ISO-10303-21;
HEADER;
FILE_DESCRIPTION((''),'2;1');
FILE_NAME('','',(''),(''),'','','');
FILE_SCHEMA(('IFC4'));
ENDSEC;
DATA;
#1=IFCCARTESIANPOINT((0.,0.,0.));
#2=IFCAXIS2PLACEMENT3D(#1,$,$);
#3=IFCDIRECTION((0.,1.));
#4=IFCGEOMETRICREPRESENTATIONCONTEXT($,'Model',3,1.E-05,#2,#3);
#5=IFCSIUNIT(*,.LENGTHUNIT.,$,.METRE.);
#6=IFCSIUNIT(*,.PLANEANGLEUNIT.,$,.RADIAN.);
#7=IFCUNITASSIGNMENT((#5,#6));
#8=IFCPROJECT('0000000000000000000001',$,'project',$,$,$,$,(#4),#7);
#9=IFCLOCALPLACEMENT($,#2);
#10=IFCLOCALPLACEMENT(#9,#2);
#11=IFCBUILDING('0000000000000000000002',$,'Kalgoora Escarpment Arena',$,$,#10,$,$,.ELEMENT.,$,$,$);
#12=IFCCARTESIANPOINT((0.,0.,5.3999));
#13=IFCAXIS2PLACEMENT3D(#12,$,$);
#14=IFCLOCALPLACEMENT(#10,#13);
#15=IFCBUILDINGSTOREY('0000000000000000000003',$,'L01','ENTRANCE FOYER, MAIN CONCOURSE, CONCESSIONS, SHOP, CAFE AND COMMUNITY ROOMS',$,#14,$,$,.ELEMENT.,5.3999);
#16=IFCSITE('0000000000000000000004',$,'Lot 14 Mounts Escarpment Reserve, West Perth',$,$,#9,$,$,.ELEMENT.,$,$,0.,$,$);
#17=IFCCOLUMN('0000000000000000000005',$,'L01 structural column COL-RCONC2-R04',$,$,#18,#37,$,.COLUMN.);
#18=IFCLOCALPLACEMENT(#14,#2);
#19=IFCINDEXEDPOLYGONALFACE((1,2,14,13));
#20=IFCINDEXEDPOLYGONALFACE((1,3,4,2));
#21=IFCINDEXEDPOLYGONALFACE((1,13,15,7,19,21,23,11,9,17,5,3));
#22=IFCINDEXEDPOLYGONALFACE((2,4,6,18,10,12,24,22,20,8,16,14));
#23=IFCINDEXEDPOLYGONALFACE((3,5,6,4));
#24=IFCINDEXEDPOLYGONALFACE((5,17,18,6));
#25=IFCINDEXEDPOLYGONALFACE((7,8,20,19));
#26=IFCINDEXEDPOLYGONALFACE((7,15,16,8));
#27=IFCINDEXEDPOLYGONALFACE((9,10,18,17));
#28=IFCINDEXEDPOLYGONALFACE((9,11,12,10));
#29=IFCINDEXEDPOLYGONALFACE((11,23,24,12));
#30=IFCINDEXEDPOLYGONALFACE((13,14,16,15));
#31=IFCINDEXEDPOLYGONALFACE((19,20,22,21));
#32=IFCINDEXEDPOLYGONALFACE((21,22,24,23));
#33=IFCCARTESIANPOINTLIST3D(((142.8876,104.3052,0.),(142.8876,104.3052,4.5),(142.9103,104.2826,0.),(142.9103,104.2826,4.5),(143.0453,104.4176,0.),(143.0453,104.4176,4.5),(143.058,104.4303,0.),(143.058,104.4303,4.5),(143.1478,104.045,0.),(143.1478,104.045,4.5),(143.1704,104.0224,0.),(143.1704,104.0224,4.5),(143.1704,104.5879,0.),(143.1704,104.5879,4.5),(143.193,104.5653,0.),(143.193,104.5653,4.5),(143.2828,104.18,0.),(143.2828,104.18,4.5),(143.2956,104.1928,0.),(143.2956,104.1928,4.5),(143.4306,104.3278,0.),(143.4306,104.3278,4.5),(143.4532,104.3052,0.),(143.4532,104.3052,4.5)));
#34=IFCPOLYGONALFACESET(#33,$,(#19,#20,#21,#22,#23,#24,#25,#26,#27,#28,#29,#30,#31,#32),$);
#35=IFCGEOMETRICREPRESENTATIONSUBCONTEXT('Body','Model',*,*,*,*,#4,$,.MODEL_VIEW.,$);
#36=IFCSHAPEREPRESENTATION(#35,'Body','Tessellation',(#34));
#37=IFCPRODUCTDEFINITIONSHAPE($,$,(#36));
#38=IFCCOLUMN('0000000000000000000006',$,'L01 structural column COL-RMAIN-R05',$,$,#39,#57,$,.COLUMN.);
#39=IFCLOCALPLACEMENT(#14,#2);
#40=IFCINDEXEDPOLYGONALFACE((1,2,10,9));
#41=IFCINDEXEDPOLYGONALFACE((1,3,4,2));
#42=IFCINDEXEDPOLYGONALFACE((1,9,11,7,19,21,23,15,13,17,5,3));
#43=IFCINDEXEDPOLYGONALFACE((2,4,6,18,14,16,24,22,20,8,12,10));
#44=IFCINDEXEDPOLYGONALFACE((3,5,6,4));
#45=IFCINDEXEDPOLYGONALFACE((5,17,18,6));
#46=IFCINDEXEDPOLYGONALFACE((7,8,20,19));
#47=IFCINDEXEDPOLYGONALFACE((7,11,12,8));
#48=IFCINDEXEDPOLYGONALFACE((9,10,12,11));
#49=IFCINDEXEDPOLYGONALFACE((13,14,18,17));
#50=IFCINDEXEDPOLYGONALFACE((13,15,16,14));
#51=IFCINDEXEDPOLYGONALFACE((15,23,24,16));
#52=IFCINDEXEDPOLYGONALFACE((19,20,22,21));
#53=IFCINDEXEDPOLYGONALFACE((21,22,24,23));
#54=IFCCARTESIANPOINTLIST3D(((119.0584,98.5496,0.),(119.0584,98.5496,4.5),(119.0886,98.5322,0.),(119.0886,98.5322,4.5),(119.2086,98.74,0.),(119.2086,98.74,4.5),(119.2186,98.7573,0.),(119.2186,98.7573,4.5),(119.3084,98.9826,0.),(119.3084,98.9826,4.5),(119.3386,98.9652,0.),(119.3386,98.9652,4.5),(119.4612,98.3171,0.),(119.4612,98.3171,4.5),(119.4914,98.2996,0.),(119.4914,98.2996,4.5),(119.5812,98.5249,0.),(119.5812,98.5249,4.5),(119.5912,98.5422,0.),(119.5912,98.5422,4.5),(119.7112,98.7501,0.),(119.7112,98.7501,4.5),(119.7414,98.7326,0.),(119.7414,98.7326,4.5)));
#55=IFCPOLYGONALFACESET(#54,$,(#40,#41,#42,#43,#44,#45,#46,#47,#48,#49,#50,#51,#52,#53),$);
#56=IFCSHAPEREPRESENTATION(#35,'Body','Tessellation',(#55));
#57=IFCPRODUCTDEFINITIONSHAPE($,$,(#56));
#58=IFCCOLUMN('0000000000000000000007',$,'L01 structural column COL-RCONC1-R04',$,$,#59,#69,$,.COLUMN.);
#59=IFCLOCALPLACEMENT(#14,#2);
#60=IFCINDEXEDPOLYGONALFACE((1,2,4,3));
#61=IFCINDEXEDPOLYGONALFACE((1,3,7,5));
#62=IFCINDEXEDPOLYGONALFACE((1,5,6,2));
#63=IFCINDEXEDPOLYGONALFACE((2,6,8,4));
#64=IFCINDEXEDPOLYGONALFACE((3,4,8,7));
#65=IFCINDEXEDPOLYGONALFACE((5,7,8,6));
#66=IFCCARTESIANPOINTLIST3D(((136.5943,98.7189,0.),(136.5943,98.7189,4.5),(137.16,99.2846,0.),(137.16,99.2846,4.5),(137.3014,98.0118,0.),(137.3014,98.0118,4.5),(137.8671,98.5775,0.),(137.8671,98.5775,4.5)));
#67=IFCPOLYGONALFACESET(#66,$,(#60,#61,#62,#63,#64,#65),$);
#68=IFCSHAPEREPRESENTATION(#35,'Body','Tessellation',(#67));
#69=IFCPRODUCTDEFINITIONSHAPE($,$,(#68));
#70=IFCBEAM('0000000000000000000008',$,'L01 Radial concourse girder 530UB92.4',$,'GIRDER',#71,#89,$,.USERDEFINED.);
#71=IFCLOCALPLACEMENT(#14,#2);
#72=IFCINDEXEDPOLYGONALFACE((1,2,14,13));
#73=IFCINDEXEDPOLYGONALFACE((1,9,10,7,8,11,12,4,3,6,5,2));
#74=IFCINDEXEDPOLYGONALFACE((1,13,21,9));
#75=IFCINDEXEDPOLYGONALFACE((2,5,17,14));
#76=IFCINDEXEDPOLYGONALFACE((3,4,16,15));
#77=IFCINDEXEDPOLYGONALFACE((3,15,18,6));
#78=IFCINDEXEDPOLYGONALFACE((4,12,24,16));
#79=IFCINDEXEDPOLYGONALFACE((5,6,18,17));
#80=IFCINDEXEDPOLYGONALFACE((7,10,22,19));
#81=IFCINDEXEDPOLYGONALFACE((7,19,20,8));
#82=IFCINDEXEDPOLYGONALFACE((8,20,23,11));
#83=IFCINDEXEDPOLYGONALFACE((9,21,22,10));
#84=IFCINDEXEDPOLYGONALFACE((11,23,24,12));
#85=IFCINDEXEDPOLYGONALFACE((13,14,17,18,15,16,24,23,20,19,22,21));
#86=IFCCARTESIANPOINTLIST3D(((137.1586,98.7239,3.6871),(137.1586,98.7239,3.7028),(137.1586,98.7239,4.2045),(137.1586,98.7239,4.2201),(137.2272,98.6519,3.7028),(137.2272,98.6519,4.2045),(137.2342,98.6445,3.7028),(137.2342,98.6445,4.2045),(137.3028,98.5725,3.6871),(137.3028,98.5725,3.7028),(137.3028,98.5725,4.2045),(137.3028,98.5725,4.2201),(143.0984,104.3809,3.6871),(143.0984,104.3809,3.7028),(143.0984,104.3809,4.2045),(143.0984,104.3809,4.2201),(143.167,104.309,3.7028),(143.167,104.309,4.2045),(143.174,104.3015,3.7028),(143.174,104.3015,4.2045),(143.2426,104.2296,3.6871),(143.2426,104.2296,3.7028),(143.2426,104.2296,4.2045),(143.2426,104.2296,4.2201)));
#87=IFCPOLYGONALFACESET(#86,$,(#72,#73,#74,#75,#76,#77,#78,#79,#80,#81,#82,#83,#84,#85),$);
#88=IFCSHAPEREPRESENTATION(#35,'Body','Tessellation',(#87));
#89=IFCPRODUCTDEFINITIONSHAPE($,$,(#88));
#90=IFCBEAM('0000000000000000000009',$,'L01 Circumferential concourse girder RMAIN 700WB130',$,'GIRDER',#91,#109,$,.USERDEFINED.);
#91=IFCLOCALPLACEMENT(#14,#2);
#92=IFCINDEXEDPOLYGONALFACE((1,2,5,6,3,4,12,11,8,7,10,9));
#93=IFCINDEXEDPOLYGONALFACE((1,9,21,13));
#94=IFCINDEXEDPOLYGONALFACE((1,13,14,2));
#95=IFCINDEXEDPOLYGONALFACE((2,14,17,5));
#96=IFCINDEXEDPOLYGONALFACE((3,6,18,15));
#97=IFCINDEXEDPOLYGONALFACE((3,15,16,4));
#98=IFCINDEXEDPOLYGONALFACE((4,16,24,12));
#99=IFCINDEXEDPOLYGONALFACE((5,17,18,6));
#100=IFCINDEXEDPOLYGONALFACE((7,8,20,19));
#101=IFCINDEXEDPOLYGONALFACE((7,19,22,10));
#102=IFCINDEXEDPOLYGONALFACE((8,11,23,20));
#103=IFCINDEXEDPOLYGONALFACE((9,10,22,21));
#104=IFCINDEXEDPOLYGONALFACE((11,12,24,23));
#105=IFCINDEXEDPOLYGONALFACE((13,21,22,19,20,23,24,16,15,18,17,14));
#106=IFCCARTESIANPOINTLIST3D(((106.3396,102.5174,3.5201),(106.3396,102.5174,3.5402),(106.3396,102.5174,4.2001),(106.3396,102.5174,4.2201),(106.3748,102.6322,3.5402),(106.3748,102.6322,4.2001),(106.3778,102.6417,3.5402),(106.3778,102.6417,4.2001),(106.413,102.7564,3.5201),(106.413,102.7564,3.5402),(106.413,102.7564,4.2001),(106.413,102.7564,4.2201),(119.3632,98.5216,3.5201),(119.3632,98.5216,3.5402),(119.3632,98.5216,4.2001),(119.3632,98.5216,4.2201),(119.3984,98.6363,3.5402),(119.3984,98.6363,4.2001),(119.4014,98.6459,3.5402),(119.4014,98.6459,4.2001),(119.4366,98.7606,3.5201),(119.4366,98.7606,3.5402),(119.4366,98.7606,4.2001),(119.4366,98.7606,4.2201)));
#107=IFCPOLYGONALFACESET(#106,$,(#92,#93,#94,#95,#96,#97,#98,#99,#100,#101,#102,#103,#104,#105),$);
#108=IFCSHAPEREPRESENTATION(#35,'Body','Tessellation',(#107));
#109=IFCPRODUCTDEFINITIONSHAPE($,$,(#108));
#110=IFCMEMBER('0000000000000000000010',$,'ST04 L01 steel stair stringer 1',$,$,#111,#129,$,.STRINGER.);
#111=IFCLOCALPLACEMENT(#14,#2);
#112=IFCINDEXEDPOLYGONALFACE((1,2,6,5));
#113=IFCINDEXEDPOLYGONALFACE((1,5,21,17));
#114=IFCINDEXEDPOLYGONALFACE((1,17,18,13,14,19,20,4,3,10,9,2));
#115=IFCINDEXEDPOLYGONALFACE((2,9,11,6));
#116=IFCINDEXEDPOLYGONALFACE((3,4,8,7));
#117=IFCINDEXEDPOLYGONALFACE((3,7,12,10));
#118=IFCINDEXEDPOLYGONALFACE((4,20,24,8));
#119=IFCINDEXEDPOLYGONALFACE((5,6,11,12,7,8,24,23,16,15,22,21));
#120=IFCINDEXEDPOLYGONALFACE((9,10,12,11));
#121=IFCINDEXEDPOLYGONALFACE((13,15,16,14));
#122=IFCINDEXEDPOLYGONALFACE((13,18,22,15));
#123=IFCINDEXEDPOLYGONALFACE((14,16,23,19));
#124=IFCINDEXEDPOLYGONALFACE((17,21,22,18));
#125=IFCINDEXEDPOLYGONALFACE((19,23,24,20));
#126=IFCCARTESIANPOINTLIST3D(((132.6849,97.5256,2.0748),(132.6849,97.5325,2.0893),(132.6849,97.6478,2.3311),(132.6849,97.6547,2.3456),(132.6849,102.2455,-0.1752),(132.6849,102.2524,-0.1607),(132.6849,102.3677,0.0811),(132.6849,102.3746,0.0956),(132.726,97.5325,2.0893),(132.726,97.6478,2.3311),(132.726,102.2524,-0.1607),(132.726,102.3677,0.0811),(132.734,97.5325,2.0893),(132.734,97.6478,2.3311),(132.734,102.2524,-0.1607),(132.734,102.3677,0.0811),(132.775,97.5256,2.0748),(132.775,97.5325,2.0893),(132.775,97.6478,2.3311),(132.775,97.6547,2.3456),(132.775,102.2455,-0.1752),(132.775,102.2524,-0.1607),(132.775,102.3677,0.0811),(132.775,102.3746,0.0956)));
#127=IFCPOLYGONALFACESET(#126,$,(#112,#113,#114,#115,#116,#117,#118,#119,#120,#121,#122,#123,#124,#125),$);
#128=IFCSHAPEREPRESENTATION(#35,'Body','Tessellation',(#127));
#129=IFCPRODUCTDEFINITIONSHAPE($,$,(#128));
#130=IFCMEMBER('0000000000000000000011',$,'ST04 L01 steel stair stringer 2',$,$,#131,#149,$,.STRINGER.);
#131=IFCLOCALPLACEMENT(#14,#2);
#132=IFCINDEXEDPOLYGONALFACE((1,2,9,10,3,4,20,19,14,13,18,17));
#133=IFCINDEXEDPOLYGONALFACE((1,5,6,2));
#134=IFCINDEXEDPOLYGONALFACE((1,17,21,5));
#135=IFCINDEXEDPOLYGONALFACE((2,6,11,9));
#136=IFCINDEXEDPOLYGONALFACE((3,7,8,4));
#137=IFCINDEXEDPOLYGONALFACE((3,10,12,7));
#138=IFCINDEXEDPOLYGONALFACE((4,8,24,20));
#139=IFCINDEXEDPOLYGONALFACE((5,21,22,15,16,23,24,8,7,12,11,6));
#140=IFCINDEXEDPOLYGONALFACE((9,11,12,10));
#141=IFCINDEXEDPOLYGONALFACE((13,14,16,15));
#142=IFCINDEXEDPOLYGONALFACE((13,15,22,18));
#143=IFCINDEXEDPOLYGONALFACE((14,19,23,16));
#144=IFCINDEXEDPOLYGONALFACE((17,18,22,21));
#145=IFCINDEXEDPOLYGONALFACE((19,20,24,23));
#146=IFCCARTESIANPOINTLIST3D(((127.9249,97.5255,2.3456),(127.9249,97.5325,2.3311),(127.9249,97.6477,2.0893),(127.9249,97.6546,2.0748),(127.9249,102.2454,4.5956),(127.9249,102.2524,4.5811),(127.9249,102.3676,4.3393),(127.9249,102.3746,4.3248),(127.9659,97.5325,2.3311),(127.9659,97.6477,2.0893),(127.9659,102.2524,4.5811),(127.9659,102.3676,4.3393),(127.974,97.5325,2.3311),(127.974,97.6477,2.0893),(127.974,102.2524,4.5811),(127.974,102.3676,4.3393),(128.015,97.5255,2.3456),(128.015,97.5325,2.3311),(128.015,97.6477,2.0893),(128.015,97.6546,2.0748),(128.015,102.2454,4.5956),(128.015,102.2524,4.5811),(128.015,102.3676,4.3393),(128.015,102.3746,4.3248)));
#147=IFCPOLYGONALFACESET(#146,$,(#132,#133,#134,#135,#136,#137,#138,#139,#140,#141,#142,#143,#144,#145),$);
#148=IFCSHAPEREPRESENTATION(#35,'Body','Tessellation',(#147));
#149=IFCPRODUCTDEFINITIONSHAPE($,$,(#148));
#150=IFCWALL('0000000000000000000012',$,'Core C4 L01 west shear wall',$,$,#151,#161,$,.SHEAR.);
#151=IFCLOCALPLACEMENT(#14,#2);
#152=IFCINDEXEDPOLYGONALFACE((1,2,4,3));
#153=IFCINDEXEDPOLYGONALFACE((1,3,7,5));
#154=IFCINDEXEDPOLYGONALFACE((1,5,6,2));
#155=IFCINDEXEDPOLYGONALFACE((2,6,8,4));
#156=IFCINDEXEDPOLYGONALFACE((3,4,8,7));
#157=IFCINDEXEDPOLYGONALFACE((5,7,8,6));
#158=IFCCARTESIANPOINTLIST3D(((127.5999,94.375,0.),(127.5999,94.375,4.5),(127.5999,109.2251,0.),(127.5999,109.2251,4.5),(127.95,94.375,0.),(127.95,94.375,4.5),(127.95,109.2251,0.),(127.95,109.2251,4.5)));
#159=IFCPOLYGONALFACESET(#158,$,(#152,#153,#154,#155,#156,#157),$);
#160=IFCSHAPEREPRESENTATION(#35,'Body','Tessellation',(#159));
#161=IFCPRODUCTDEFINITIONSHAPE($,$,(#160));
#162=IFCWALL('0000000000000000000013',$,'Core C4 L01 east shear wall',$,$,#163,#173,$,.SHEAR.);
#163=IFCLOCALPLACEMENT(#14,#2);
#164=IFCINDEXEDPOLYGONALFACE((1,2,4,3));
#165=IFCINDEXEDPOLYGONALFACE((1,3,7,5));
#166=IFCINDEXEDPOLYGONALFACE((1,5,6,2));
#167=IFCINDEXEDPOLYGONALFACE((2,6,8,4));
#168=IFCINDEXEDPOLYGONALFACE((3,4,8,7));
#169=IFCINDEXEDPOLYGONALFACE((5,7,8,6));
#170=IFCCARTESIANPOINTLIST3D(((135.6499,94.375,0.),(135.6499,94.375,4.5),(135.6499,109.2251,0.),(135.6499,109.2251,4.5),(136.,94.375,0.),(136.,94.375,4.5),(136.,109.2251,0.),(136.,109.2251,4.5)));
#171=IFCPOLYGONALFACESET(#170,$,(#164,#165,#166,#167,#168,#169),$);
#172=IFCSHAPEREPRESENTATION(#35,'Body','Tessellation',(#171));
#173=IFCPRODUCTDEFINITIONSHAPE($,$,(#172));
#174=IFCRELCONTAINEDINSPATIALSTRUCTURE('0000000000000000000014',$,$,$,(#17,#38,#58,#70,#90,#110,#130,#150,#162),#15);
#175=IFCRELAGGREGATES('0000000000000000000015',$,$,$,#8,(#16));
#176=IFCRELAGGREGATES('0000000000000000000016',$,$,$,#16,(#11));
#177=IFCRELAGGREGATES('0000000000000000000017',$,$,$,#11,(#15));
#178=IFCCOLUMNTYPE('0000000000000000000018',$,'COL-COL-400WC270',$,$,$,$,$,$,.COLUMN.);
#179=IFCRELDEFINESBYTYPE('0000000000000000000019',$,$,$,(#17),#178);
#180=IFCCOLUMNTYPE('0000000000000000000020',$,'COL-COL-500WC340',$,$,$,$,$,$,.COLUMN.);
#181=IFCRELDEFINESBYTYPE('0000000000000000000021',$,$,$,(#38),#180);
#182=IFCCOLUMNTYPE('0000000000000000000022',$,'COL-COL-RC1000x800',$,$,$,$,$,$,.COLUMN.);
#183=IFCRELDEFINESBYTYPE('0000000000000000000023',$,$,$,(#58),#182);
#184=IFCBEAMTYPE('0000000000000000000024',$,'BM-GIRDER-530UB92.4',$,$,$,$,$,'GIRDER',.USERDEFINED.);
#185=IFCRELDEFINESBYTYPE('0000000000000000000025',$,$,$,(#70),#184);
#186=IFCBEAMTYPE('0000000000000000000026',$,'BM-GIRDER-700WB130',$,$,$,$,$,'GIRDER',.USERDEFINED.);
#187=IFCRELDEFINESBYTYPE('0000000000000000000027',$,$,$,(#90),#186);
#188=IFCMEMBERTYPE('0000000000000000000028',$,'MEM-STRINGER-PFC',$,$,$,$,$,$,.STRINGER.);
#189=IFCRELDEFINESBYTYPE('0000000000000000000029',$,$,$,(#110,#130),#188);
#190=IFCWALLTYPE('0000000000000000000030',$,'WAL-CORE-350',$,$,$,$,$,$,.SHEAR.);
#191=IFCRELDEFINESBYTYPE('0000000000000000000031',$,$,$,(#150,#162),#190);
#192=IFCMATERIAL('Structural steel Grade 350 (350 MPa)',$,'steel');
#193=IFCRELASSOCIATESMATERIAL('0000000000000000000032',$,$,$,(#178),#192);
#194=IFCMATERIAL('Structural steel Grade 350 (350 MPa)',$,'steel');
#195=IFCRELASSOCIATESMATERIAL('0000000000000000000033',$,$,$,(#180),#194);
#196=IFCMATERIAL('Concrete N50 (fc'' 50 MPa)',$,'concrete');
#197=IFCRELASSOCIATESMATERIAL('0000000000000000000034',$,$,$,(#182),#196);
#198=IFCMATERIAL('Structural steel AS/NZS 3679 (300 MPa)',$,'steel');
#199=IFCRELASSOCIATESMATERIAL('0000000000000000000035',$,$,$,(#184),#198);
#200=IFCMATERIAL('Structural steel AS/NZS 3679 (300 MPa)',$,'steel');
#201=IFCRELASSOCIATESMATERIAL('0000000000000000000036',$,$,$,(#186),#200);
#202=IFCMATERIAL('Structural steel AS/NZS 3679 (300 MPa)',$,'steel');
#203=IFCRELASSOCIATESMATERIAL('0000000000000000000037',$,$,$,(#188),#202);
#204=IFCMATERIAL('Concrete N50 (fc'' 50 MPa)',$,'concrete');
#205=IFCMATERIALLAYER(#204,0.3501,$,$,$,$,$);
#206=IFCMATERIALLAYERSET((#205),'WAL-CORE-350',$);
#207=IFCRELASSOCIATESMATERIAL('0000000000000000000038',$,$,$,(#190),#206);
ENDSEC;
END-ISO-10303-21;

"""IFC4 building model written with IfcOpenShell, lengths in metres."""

from ifc_helpers import new_model, si_unit, direction, frame, frame_2d, origin, origin_2d, place, context, subcontext, project, spatial, rectangle, i_section, extrude, material, layer, layer_set, material_profile, profile_set, type_object, element, save


model = new_model("IFC4")

# Units and contexts
model_context = context("Model", 3, precision=1e-05, world=origin(), true_north=direction((0.0, 1.0)))
body_context = subcontext(model_context, "Body", "Model", "MODEL_VIEW")
ifc_project = project(units=[si_unit("LENGTHUNIT", "METRE"), si_unit("PLANEANGLEUNIT", "RADIAN")], contexts=[model_context])

# Site, building, storey
site_placement = place(None, origin())
site = spatial("IfcSite", under=ifc_project, at=site_placement, Name="Lot 14 Mounts Escarpment Reserve, West Perth", CompositionType="ELEMENT", RefElevation=0.0)
building_placement = place(site_placement, origin())
building = spatial("IfcBuilding", under=site, at=building_placement, Name="Kalgoora Escarpment Arena", CompositionType="ELEMENT")
storey_placement = place(building_placement, frame((0.0, 0.0, 5.3999)))
storey = spatial("IfcBuildingStorey", under=building, at=storey_placement, Name="L01", Description="ENTRANCE FOYER, MAIN CONCOURSE, CONCESSIONS, SHOP, CAFE AND COMMUNITY ROOMS", CompositionType="ELEMENT", Elevation=5.3999)

# Columns
ifc_material_1 = material(Name="Structural steel Grade 350 (350 MPa)", Category="steel")
ifc_material_profile_1 = material_profile(ifc_material_1, i_section(OverallWidth=0.3999, OverallDepth=0.3999, WebThickness=0.0181, FlangeThickness=0.032, at=origin_2d()))
ifc_profile_set_1 = profile_set([ifc_material_profile_1], Name="Structural steel Grade 350 (350 MPa)")
column_type_1 = type_object("IfcColumnType", Name="COL-COL-400WC270", PredefinedType="COLUMN", material=ifc_profile_set_1)
column_1_placement = place(storey_placement, frame((143.1704, 104.3052, 0.0), z_axis=(0.0, 0.0, 1.0), x_axis=(0.707107, 0.707107, 0.0)))
element("IfcColumn", 1, at=column_1_placement, inside=storey, type_object=column_type_1, Name="L01 structural column COL-RCONC2-R04", PredefinedType="COLUMN", context=body_context, shape_type="SweptSolid", body=[
    extrude(i_section(OverallWidth=0.3999, OverallDepth=0.3999, WebThickness=0.0181, FlangeThickness=0.032, at=origin_2d()), origin(), (0.0, 0.0, 1.0), 4.5),
])
ifc_material_2 = material(Name="Structural steel Grade 350 (350 MPa)", Category="steel")
ifc_material_profile_2 = material_profile(ifc_material_2, i_section(OverallWidth=0.5, OverallDepth=0.5, WebThickness=0.02, FlangeThickness=0.0349, at=origin_2d()))
ifc_profile_set_2 = profile_set([ifc_material_profile_2], Name="Structural steel Grade 350 (350 MPa)")
column_type_2 = type_object("IfcColumnType", Name="COL-COL-500WC340", PredefinedType="COLUMN", material=ifc_profile_set_2)
column_2_placement = place(storey_placement, frame((119.3999, 98.6411, 0.0), z_axis=(0.0, 0.0, 1.0), x_axis=(0.5, 0.866025, 0.0)))
element("IfcColumn", 2, at=column_2_placement, inside=storey, type_object=column_type_2, Name="L01 structural column COL-RMAIN-R05", PredefinedType="COLUMN", context=body_context, shape_type="SweptSolid", body=[
    extrude(i_section(OverallWidth=0.5, OverallDepth=0.5, WebThickness=0.02, FlangeThickness=0.0349, at=origin_2d()), origin(), (0.0, 0.0, 1.0), 4.5),
])
ifc_material_3 = material(Name="Concrete N50 (fc' 50 MPa)", Category="concrete")
ifc_material_profile_3 = material_profile(ifc_material_3, rectangle(XDim=0.8, YDim=1.0, at=origin_2d()))
ifc_profile_set_3 = profile_set([ifc_material_profile_3], Name="Concrete N50 (fc' 50 MPa)")
column_type_3 = type_object("IfcColumnType", Name="COL-COL-RC1000x800", PredefinedType="COLUMN", material=ifc_profile_set_3)
column_3_placement = place(storey_placement, frame((137.2307, 98.6482, 0.0), z_axis=(0.0, 0.0, 1.0), x_axis=(0.707107, 0.707107, 0.0)))
element("IfcColumn", 3, at=column_3_placement, inside=storey, type_object=column_type_3, Name="L01 structural column COL-RCONC1-R04", PredefinedType="COLUMN", context=body_context, shape_type="SweptSolid", body=[
    extrude(rectangle(XDim=0.8, YDim=1.0, at=origin_2d()), origin(), (0.0, 0.0, 1.0), 4.5),
])

# Beams
ifc_material_4 = material(Name="Structural steel AS/NZS 3679 (300 MPa)", Category="steel")
ifc_material_profile_4 = material_profile(ifc_material_4, i_section(OverallWidth=0.209, OverallDepth=0.533, WebThickness=0.0103, FlangeThickness=0.0156, at=origin_2d()))
ifc_profile_set_4 = profile_set([ifc_material_profile_4], Name="Structural steel AS/NZS 3679 (300 MPa)")
beam_type_1 = type_object("IfcBeamType", Name="BM-GIRDER-530UB92.4", ElementType="GIRDER", PredefinedType="USERDEFINED", material=ifc_profile_set_4)
beam_1_placement = place(storey_placement, frame((137.2307, 98.6482, 3.9536), z_axis=(0.72413, 0.689663, 0.0), x_axis=(-0.689663, 0.72413, 0.0)))
element("IfcBeam", 4, at=beam_1_placement, inside=storey, type_object=beam_type_1, Name="L01 Radial concourse girder 530UB92.4", ObjectType="GIRDER", PredefinedType="USERDEFINED", context=body_context, shape_type="SweptSolid", body=[
    extrude(i_section(OverallWidth=0.209, OverallDepth=0.533, WebThickness=0.0103, FlangeThickness=0.0156, at=origin_2d()), origin(), (0.0, 0.0, 1.0), 8.2026),
])
ifc_material_5 = material(Name="Structural steel AS/NZS 3679 (300 MPa)", Category="steel")
ifc_material_profile_5 = material_profile(ifc_material_5, i_section(OverallWidth=0.25, OverallDepth=0.7, WebThickness=0.01, FlangeThickness=0.02, at=origin_2d()))
ifc_profile_set_5 = profile_set([ifc_material_profile_5], Name="Structural steel AS/NZS 3679 (300 MPa)")
beam_type_2 = type_object("IfcBeamType", Name="BM-GIRDER-700WB130", ElementType="GIRDER", PredefinedType="USERDEFINED", material=ifc_profile_set_5)
beam_2_placement = place(storey_placement, frame((119.3999, 98.6411, 3.8701), z_axis=(-0.956015, 0.293319, 0.0), x_axis=(-0.293319, -0.956015, 0.0)))
element("IfcBeam", 5, at=beam_2_placement, inside=storey, type_object=beam_type_2, Name="L01 Circumferential concourse girder RMAIN 700WB130", ObjectType="GIRDER", PredefinedType="USERDEFINED", context=body_context, shape_type="SweptSolid", body=[
    extrude(i_section(OverallWidth=0.25, OverallDepth=0.7, WebThickness=0.01, FlangeThickness=0.02, at=origin_2d()), origin(), (0.0, 0.0, 1.0), 13.6228),
])

# Members
ifc_material_6 = material(Name="Structural steel AS/NZS 3679 (300 MPa)", Category="steel")
ifc_material_profile_6 = material_profile(ifc_material_6, i_section(OverallWidth=0.0901, OverallDepth=0.3, WebThickness=0.0081, FlangeThickness=0.0161, at=origin_2d()))
ifc_profile_set_6 = profile_set([ifc_material_profile_6], Name="Structural steel AS/NZS 3679 (300 MPa)")
member_type = type_object("IfcMemberType", Name="MEM-STRINGER-PFC", PredefinedType="STRINGER", material=ifc_profile_set_6)
for number, where, z_axis, x_axis, name in (
    (6, (132.73, 102.3101, -0.0398), (0.0, -0.902683, 0.430307), (1.0, 0.0, 0.0), "ST04 L01 steel stair stringer 1"),
    (7, (127.97, 97.5901, 2.2102), (0.0, 0.902683, 0.430307), (-1.0, 0.0, 0.0), "ST04 L01 steel stair stringer 2"),
):
    element("IfcMember", number, at=place(storey_placement, frame(where, z_axis=z_axis, x_axis=x_axis)), inside=storey, type_object=member_type, Name=name, PredefinedType="STRINGER", context=body_context, shape_type="SweptSolid", body=[
        extrude(i_section(OverallWidth=0.0901, OverallDepth=0.3, WebThickness=0.0081, FlangeThickness=0.0161, at=origin_2d()), origin(), (0.0, 0.0, 1.0), 5.2288),
    ])

# Walls
ifc_material_7 = material(Name="Concrete N50 (fc' 50 MPa)", Category="concrete")
ifc_layer_1 = layer(ifc_material_7, 0.3501)
ifc_layer_set_1 = layer_set([ifc_layer_1], Name="WAL-CORE-350")
wall_type_1 = type_object("IfcWallType", Name="WAL-CORE-350", PredefinedType="SHEAR", material=ifc_layer_set_1)
for number, where, z_axis, x_axis, name in (
    (8, (127.7749, 94.375, 0.0), (0.0, 0.0, 1.0), (0.0, 1.0, 0.0), "Core C4 L01 west shear wall"),
    (9, (135.825, 94.375, 0.0), (0.0, 0.0, 1.0), (0.0, 1.0, 0.0), "Core C4 L01 east shear wall"),
):
    element("IfcWall", number, at=place(storey_placement, frame(where, z_axis=z_axis, x_axis=x_axis)), inside=storey, type_object=wall_type_1, Name=name, PredefinedType="SHEAR", context=body_context, shape_type="SweptSolid", body=[
        extrude(rectangle(XDim=14.8501, YDim=0.3501, at=frame_2d((7.425, 0.0))), origin(), (0.0, 0.0, 1.0), 4.5),
    ])

save(model, "model.ifc")
